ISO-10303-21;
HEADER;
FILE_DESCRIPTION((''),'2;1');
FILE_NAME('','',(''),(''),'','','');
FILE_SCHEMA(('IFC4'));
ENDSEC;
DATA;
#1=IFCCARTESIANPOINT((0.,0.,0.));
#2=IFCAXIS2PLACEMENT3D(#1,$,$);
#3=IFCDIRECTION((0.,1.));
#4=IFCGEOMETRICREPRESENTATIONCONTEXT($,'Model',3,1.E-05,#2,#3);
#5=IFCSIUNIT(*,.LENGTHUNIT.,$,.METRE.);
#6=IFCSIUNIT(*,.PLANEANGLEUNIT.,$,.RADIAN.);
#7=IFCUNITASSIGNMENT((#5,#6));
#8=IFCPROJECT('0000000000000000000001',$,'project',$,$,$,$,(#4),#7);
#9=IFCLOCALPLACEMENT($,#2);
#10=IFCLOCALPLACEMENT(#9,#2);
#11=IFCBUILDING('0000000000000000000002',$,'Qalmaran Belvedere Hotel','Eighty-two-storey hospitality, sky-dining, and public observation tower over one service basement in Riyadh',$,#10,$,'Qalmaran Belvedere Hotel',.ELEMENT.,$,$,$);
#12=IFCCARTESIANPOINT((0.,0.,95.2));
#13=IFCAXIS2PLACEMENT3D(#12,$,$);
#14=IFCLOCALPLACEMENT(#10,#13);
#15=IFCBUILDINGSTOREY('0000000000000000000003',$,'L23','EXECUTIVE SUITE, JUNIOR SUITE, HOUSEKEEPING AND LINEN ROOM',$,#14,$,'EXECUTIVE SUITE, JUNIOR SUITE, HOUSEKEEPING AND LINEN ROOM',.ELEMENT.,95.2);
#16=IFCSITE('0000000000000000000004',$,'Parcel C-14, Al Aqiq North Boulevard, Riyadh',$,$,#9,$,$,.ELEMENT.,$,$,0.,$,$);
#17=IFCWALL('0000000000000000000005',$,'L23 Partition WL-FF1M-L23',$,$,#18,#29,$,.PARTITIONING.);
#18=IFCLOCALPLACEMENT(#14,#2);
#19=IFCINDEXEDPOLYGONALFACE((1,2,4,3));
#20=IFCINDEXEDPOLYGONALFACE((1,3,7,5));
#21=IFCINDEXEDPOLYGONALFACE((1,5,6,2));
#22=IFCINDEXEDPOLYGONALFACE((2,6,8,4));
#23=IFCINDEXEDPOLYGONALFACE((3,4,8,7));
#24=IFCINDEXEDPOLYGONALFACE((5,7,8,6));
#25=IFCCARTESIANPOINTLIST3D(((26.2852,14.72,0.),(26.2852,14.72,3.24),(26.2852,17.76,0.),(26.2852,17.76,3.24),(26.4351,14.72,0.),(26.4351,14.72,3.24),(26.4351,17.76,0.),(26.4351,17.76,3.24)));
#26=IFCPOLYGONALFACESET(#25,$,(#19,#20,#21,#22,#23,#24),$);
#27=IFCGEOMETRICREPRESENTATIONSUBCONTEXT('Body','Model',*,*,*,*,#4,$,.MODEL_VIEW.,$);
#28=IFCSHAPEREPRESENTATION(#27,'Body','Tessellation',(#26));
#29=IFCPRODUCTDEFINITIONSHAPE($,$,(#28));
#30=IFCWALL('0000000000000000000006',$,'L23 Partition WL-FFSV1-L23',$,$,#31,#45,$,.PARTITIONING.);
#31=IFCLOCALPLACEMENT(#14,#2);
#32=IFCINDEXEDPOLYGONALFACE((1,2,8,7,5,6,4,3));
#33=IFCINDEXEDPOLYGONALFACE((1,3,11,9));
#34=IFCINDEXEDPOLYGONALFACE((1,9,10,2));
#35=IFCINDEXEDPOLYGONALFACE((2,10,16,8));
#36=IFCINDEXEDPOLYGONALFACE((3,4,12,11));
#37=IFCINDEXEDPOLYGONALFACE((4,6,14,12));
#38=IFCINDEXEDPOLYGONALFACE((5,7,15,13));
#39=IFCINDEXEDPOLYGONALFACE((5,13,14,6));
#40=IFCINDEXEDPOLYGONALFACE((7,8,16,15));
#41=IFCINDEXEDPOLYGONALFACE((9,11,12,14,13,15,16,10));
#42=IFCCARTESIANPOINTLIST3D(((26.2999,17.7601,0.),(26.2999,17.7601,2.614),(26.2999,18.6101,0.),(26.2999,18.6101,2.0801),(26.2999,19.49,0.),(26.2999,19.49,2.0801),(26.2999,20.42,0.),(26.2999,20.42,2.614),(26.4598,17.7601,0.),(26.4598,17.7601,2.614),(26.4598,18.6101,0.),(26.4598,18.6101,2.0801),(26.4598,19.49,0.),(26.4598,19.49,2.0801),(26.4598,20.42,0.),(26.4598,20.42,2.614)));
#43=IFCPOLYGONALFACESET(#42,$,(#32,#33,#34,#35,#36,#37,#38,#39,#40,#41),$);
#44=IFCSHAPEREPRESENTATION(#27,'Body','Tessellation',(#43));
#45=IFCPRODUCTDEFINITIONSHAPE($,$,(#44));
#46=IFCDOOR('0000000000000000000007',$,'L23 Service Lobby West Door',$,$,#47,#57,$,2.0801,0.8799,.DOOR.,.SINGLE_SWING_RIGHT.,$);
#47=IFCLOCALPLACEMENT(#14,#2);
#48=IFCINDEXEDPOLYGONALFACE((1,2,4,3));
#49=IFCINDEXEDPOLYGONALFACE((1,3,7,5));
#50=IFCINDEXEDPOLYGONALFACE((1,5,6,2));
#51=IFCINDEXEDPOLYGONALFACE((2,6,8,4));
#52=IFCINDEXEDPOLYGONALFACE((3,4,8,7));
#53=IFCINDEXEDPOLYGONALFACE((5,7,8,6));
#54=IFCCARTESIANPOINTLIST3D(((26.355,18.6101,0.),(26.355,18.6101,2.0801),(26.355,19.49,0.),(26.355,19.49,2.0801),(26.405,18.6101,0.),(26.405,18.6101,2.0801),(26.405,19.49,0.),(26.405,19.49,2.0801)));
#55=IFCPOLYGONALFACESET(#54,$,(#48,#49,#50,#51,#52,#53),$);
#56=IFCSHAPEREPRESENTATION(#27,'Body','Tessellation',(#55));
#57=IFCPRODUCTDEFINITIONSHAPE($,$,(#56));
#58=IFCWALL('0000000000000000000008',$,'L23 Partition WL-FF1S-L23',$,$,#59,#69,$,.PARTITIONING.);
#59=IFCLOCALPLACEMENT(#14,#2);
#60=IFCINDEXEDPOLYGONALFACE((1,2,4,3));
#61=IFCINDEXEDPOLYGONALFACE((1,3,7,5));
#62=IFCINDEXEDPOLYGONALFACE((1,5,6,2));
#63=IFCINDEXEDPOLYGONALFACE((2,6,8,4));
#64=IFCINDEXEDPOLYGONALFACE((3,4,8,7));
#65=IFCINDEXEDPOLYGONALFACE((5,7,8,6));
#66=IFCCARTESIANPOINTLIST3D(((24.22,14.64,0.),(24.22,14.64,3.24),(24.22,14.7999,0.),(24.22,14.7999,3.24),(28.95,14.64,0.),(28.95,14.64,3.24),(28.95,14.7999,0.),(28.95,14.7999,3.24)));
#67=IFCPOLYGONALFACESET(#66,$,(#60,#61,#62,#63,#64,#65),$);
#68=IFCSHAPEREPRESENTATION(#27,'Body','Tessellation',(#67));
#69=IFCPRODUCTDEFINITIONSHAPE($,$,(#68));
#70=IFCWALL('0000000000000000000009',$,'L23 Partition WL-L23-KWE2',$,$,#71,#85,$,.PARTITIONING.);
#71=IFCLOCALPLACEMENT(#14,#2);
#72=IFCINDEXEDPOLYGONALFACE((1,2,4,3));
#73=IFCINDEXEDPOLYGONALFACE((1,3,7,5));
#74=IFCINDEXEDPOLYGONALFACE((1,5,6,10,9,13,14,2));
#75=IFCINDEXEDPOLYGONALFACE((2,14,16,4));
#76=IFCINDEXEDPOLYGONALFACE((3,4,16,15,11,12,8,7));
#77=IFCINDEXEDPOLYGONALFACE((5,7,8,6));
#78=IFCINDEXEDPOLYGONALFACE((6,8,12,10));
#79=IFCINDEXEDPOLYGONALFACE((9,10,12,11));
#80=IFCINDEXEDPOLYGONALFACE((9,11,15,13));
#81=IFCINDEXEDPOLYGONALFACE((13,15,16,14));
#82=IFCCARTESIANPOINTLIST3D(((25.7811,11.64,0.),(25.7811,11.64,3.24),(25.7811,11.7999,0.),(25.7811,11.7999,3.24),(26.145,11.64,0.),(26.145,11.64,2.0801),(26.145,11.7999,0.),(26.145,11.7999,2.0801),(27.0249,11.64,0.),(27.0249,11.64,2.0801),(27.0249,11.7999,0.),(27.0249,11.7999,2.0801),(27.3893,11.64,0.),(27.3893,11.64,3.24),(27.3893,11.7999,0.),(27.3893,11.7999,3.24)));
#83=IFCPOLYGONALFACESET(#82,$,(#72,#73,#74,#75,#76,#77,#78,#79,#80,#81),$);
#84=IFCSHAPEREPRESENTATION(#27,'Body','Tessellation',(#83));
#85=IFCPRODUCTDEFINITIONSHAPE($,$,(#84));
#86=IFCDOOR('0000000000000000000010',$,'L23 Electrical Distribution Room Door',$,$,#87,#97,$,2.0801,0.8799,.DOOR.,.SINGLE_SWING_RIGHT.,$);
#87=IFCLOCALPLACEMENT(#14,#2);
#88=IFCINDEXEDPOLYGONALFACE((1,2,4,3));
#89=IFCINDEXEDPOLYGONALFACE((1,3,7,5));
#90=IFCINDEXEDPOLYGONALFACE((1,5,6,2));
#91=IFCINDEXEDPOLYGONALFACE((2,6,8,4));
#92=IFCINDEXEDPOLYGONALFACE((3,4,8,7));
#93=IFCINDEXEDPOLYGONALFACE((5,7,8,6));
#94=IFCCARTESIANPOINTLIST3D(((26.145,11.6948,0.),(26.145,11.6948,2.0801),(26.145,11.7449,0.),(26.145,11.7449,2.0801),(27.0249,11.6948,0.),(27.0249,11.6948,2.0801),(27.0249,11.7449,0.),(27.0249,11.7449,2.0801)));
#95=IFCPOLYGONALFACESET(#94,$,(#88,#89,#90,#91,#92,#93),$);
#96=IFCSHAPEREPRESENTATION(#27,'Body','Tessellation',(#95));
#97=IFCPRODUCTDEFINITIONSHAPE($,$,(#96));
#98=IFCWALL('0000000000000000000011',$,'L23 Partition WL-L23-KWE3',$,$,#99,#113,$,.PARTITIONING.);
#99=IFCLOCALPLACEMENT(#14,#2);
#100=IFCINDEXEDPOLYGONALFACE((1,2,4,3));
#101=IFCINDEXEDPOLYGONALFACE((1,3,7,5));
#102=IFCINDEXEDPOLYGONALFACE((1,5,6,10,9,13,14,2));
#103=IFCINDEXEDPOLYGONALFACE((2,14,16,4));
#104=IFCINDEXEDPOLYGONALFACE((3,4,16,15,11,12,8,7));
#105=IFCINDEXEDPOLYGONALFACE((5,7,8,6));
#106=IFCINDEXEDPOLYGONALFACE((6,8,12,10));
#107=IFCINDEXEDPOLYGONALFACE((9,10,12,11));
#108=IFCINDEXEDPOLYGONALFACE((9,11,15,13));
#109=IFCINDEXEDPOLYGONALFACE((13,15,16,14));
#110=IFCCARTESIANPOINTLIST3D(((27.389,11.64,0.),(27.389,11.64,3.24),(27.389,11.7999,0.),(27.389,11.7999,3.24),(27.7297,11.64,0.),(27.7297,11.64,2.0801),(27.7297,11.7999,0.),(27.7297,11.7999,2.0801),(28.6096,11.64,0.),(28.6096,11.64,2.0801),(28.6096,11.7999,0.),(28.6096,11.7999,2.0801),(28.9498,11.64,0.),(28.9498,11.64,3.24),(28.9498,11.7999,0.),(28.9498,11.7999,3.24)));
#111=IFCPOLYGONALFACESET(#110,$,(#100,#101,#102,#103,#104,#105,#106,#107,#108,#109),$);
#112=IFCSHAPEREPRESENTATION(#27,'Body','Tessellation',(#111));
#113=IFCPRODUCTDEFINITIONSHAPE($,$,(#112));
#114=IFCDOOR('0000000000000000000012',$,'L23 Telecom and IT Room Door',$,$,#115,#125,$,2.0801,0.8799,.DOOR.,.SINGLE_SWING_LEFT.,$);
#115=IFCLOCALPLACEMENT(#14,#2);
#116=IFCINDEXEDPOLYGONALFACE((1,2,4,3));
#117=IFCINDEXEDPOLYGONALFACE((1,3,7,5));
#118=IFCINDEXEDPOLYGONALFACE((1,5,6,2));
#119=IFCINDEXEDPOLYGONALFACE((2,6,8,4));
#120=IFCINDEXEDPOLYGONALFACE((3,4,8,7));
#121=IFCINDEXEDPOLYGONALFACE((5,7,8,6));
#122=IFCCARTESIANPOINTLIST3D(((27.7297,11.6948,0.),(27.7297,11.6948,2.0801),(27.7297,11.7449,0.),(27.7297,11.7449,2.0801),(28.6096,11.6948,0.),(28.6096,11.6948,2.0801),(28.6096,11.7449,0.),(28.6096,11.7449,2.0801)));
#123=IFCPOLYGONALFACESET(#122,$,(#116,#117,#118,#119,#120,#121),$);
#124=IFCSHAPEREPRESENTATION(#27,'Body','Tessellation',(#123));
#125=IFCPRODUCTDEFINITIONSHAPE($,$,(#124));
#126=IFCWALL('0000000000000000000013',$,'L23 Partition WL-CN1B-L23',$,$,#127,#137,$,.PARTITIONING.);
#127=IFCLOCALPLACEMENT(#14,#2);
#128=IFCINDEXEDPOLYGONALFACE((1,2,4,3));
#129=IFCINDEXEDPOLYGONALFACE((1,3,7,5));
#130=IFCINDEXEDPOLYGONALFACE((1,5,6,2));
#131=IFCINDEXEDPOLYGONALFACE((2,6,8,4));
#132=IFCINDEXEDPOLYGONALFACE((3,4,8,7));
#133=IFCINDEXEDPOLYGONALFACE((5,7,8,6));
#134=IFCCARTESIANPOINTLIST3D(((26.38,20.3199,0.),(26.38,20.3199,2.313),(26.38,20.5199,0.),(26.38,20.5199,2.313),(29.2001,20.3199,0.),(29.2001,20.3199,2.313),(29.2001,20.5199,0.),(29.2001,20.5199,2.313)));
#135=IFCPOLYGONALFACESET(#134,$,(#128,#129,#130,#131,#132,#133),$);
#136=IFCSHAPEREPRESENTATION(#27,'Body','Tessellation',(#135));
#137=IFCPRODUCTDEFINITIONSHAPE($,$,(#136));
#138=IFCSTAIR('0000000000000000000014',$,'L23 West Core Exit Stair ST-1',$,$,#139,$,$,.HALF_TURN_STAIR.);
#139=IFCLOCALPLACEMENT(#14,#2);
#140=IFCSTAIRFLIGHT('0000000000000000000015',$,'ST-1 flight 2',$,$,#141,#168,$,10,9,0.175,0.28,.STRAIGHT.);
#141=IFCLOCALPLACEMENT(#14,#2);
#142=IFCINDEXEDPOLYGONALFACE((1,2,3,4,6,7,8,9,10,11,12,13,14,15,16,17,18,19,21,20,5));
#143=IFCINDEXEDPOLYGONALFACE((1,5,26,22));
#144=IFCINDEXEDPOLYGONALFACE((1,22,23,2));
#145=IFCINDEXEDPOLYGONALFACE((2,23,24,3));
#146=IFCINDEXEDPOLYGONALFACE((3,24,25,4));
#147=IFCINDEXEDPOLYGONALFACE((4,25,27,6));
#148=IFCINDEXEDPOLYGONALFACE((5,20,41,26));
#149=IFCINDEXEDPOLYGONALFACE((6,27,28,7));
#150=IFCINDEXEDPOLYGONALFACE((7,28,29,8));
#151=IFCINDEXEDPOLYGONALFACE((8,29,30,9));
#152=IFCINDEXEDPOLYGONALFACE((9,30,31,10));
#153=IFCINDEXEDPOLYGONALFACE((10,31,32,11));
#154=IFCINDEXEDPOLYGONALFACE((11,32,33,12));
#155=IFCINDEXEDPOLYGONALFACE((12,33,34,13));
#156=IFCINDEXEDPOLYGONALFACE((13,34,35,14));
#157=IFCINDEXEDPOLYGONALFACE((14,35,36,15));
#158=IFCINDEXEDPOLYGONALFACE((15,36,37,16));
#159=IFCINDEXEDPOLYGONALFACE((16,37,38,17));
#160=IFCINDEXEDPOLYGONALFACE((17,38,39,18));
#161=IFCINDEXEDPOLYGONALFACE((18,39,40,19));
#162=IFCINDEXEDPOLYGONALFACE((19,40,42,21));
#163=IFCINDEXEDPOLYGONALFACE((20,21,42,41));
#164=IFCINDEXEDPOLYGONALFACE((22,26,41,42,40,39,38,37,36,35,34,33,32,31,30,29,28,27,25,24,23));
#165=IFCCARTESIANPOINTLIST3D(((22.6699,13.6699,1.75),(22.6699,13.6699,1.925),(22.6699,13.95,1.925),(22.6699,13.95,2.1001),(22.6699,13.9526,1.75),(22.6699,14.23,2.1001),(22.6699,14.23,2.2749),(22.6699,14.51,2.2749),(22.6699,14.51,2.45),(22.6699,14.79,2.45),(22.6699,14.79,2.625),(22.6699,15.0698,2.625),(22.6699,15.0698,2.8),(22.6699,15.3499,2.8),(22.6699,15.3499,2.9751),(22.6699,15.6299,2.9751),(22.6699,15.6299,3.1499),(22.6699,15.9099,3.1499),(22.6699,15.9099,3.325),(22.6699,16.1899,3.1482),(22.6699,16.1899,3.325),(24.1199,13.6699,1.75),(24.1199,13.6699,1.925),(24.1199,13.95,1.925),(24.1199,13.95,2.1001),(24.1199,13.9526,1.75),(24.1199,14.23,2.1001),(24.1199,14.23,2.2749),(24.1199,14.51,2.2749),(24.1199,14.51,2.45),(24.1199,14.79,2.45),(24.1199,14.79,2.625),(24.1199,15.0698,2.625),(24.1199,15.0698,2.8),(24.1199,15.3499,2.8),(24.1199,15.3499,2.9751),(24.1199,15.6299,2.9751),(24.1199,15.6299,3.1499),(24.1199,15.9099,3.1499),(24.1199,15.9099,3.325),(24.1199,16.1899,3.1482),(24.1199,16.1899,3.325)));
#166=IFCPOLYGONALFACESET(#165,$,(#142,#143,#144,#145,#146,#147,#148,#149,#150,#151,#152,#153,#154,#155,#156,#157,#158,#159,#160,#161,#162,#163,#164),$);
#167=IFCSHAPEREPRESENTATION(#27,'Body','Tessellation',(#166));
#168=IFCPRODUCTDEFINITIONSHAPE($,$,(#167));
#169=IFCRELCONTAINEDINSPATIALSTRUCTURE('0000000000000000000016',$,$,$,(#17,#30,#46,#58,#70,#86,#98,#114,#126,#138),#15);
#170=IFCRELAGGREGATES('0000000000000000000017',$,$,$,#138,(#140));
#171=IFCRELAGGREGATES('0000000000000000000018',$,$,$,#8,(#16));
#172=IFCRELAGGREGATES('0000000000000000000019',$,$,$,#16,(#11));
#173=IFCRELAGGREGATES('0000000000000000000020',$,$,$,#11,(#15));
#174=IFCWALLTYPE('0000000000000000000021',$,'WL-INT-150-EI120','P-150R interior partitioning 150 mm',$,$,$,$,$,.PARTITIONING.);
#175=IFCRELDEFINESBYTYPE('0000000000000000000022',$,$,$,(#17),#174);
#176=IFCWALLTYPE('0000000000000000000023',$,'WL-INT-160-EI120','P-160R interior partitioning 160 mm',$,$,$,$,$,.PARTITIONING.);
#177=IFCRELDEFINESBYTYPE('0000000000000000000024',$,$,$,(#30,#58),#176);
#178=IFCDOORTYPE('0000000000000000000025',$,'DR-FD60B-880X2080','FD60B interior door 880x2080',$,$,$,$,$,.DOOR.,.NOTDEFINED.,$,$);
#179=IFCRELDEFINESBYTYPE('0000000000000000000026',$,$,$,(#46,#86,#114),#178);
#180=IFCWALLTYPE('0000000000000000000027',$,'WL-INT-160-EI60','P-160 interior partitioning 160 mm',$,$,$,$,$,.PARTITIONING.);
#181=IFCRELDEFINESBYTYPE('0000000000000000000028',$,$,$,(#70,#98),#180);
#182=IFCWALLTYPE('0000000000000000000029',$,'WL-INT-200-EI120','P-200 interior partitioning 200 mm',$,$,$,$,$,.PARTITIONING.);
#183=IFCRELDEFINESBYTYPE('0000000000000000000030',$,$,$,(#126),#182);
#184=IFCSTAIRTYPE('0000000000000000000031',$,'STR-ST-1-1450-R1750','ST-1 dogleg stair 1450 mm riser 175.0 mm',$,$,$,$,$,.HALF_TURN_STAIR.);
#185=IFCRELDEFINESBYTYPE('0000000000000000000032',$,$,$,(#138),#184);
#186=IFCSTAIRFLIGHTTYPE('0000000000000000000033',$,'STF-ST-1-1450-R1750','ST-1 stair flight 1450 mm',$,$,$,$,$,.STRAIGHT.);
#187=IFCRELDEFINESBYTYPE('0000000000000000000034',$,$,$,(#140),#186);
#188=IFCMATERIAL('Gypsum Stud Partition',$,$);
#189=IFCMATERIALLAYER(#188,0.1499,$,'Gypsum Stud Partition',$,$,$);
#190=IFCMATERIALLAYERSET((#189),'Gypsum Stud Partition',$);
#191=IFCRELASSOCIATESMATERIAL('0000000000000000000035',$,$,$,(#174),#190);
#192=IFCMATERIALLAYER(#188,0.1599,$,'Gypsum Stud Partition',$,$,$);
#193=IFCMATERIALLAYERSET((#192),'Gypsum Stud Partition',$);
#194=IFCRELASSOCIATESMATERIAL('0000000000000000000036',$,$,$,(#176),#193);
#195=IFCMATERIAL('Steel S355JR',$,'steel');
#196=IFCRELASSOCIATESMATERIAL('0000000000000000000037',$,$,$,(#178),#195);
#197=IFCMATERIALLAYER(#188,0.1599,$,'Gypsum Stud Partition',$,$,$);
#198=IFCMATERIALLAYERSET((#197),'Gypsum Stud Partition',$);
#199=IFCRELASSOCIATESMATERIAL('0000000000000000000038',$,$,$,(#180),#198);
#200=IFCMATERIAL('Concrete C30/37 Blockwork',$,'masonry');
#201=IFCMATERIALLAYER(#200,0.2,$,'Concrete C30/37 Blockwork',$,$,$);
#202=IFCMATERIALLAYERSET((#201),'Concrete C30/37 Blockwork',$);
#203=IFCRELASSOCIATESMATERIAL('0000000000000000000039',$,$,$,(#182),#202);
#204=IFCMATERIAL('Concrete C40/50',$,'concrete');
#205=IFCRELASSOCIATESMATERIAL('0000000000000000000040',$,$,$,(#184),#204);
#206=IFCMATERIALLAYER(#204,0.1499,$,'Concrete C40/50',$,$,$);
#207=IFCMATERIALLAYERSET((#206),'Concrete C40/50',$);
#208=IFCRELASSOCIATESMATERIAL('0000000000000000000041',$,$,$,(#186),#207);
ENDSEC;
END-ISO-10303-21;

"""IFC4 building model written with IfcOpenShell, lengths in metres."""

from ifc_helpers import new_model, si_unit, direction, frame, frame_2d, origin, place, context, subcontext, project, spatial, polyline, rectangle, outline, extrude, material, layer, layer_set, type_object, element, fill, aggregate, save


model = new_model("IFC4")

# Units and contexts
model_context = context("Model", 3, precision=1e-05, world=origin(), true_north=direction((0.0, 1.0)))
body_context = subcontext(model_context, "Body", "Model", "MODEL_VIEW")
ifc_project = project(units=[si_unit("LENGTHUNIT", "METRE"), si_unit("PLANEANGLEUNIT", "RADIAN")], contexts=[model_context])

# Site, building, storey
site_placement = place(None, origin())
site = spatial("IfcSite", under=ifc_project, at=site_placement, Name="Parcel C-14, Al Aqiq North Boulevard, Riyadh", CompositionType="ELEMENT", RefElevation=0.0)
building_placement = place(site_placement, origin())
building = spatial("IfcBuilding", under=site, at=building_placement, Name="Qalmaran Belvedere Hotel", Description="Eighty-two-storey hospitality, sky-dining, and public observation tower over one service basement in Riyadh", LongName="Qalmaran Belvedere Hotel", CompositionType="ELEMENT")
storey_placement = place(building_placement, frame((0.0, 0.0, 95.2)))
storey = spatial("IfcBuildingStorey", under=building, at=storey_placement, Name="L23", Description="EXECUTIVE SUITE, JUNIOR SUITE, HOUSEKEEPING AND LINEN ROOM", LongName="EXECUTIVE SUITE, JUNIOR SUITE, HOUSEKEEPING AND LINEN ROOM", CompositionType="ELEMENT", Elevation=95.2)

# Wall
ifc_material_1 = material(Name="Gypsum Stud Partition")
ifc_layer_1 = layer(ifc_material_1, 0.1499, Name="Gypsum Stud Partition")
ifc_layer_set_1 = layer_set([ifc_layer_1], Name="Gypsum Stud Partition")
wall_type_1 = type_object("IfcWallType", Name="WL-INT-150-EI120", Description="P-150R interior partitioning 150 mm", PredefinedType="PARTITIONING", material=ifc_layer_set_1)
wall_1_placement = place(storey_placement, frame((26.3601, 14.72, 0.0), z_axis=(0.0, 0.0, 1.0), x_axis=(0.0, 1.0, 0.0)))
element("IfcWall", 1, at=wall_1_placement, inside=storey, type_object=wall_type_1, Name="L23 Partition WL-FF1M-L23", PredefinedType="PARTITIONING", context=body_context, shape_type="SweptSolid", body=[
    extrude(rectangle(XDim=3.04, YDim=0.1499, at=frame_2d((1.52, 0.0))), origin(), (0.0, 0.0, 1.0), 3.24),
])

# Wall, opening, door
ifc_layer_2 = layer(ifc_material_1, 0.1599, Name="Gypsum Stud Partition")
ifc_layer_set_2 = layer_set([ifc_layer_2], Name="Gypsum Stud Partition")
wall_type_2 = type_object("IfcWallType", Name="WL-INT-160-EI120", Description="P-160R interior partitioning 160 mm", PredefinedType="PARTITIONING", material=ifc_layer_set_2)
wall_2_placement = place(storey_placement, frame((26.3799, 17.76, 0.0), z_axis=(0.0, 0.0, 1.0), x_axis=(0.0, 1.0, 0.0)))
wall_2 = element("IfcWall", 2, at=wall_2_placement, inside=storey, type_object=wall_type_2, Name="L23 Partition WL-FFSV1-L23", PredefinedType="PARTITIONING", context=body_context, shape_type="SweptSolid", body=[
    extrude(rectangle(XDim=2.6599, YDim=0.1599, at=frame_2d((1.3301, 0.0))), origin(), (0.0, 0.0, 1.0), 2.614),
])
opening_1_placement = place(wall_2_placement, frame((0.8501, 0.0, 0.0)))
opening_1 = element("IfcOpeningElement", 3, at=opening_1_placement, cuts=wall_2, PredefinedType="OPENING", context=body_context, shape_type="SweptSolid", body=[
    extrude(rectangle(XDim=0.8799, YDim=2.0801, at=frame_2d((0.4399, 1.04))), frame((0.0, 0.0898, 0.0), z_axis=(0.0, -1.0, 0.0), x_axis=(1.0, 0.0, 0.0)), (0.0, 0.0, 1.0), 0.1799),
])
ifc_material_2 = material(Name="Steel S355JR", Category="steel")
door_type = type_object("IfcDoorType", Name="DR-FD60B-880X2080", Description="FD60B interior door 880x2080", OperationType="NOTDEFINED", PredefinedType="DOOR", material=ifc_material_2)
door_1_placement = place(opening_1_placement, origin())
door_1 = element("IfcDoor", 4, at=door_1_placement, inside=storey, type_object=door_type, Name="L23 Service Lobby West Door", OperationType="SINGLE_SWING_RIGHT", OverallHeight=2.0801, OverallWidth=0.8799, PredefinedType="DOOR", context=body_context, shape_type="SweptSolid", body=[
    extrude(rectangle(XDim=0.8799, YDim=2.0801, at=frame_2d((0.4399, 1.04))), frame((0.0, 0.0249, 0.0), z_axis=(0.0, -1.0, 0.0), x_axis=(1.0, 0.0, 0.0)), (0.0, 0.0, 1.0), 0.05),
])
fill(opening_1, door_1)

# Wall
wall_3_placement = place(storey_placement, frame((24.22, 14.72, 0.0), z_axis=(0.0, 0.0, 1.0), x_axis=(1.0, 0.0, 0.0)))
element("IfcWall", 5, at=wall_3_placement, inside=storey, type_object=wall_type_2, Name="L23 Partition WL-FF1S-L23", PredefinedType="PARTITIONING", context=body_context, shape_type="SweptSolid", body=[
    extrude(rectangle(XDim=4.73, YDim=0.1599, at=frame_2d((2.365, 0.0))), origin(), (0.0, 0.0, 1.0), 3.24),
])

# Walls, openings, doors
ifc_layer_3 = layer(ifc_material_1, 0.1599, Name="Gypsum Stud Partition")
ifc_layer_set_3 = layer_set([ifc_layer_3], Name="Gypsum Stud Partition")
wall_type_3 = type_object("IfcWallType", Name="WL-INT-160-EI60", Description="P-160 interior partitioning 160 mm", PredefinedType="PARTITIONING", material=ifc_layer_set_3)
wall_4_placement = place(storey_placement, frame((25.781, 11.72, 0.0), z_axis=(0.0, 0.0, 1.0), x_axis=(1.0, 0.0, 0.0)))
wall_4 = element("IfcWall", 6, at=wall_4_placement, inside=storey, type_object=wall_type_3, Name="L23 Partition WL-L23-KWE2", PredefinedType="PARTITIONING", context=body_context, shape_type="SweptSolid", body=[
    extrude(rectangle(XDim=1.6082, YDim=0.1599, at=frame_2d((0.8042, 0.0))), origin(), (0.0, 0.0, 1.0), 3.24),
])
opening_2_placement = place(wall_4_placement, frame((0.364, 0.0, 0.0)))
opening_2 = element("IfcOpeningElement", 7, at=opening_2_placement, cuts=wall_4, PredefinedType="OPENING", context=body_context, shape_type="SweptSolid", body=[
    extrude(rectangle(XDim=0.8799, YDim=2.0801, at=frame_2d((0.4399, 1.04))), frame((0.0, 0.0898, 0.0), z_axis=(0.0, -1.0, 0.0), x_axis=(1.0, 0.0, 0.0)), (0.0, 0.0, 1.0), 0.1799),
])
door_2_placement = place(opening_2_placement, origin())
door_2 = element("IfcDoor", 8, at=door_2_placement, inside=storey, type_object=door_type, Name="L23 Electrical Distribution Room Door", OperationType="SINGLE_SWING_RIGHT", OverallHeight=2.0801, OverallWidth=0.8799, PredefinedType="DOOR", context=body_context, shape_type="SweptSolid", body=[
    extrude(rectangle(XDim=0.8799, YDim=2.0801, at=frame_2d((0.4399, 1.04))), frame((0.0, 0.0249, 0.0), z_axis=(0.0, -1.0, 0.0), x_axis=(1.0, 0.0, 0.0)), (0.0, 0.0, 1.0), 0.05),
])
fill(opening_2, door_2)
wall_5_placement = place(storey_placement, frame((27.3892, 11.72, 0.0), z_axis=(0.0, 0.0, 1.0), x_axis=(1.0, 0.0, 0.0)))
wall_5 = element("IfcWall", 9, at=wall_5_placement, inside=storey, type_object=wall_type_3, Name="L23 Partition WL-L23-KWE3", PredefinedType="PARTITIONING", context=body_context, shape_type="SweptSolid", body=[
    extrude(rectangle(XDim=1.5608, YDim=0.1599, at=frame_2d((0.7803, 0.0))), origin(), (0.0, 0.0, 1.0), 3.24),
])
opening_3_placement = place(wall_5_placement, frame((0.3406, 0.0, 0.0)))
opening_3 = element("IfcOpeningElement", 10, at=opening_3_placement, cuts=wall_5, PredefinedType="OPENING", context=body_context, shape_type="SweptSolid", body=[
    extrude(rectangle(XDim=0.8799, YDim=2.0801, at=frame_2d((0.4399, 1.04))), frame((0.0, 0.0898, 0.0), z_axis=(0.0, -1.0, 0.0), x_axis=(1.0, 0.0, 0.0)), (0.0, 0.0, 1.0), 0.1799),
])
door_3_placement = place(opening_3_placement, origin())
door_3 = element("IfcDoor", 11, at=door_3_placement, inside=storey, type_object=door_type, Name="L23 Telecom and IT Room Door", OperationType="SINGLE_SWING_LEFT", OverallHeight=2.0801, OverallWidth=0.8799, PredefinedType="DOOR", context=body_context, shape_type="SweptSolid", body=[
    extrude(rectangle(XDim=0.8799, YDim=2.0801, at=frame_2d((0.4399, 1.04))), frame((0.0, 0.0249, 0.0), z_axis=(0.0, -1.0, 0.0), x_axis=(1.0, 0.0, 0.0)), (0.0, 0.0, 1.0), 0.05),
])
fill(opening_3, door_3)

# Wall
ifc_material_3 = material(Name="Concrete C30/37 Blockwork", Category="masonry")
ifc_layer_4 = layer(ifc_material_3, 0.2, Name="Concrete C30/37 Blockwork")
ifc_layer_set_4 = layer_set([ifc_layer_4], Name="Concrete C30/37 Blockwork")
wall_type_4 = type_object("IfcWallType", Name="WL-INT-200-EI120", Description="P-200 interior partitioning 200 mm", PredefinedType="PARTITIONING", material=ifc_layer_set_4)
wall_6_placement = place(storey_placement, frame((26.3799, 20.4199, 0.0), z_axis=(0.0, 0.0, 1.0), x_axis=(1.0, 0.0, 0.0)))
element("IfcWall", 12, at=wall_6_placement, inside=storey, type_object=wall_type_4, Name="L23 Partition WL-CN1B-L23", PredefinedType="PARTITIONING", context=body_context, shape_type="SweptSolid", body=[
    extrude(rectangle(XDim=2.8201, YDim=0.2, at=frame_2d((1.4102, 0.0))), origin(), (0.0, 0.0, 1.0), 2.313),
])

# Stair, stair flight
ifc_material_4 = material(Name="Concrete C40/50", Category="concrete")
stair_type = type_object("IfcStairType", Name="STR-ST-1-1450-R1750", Description="ST-1 dogleg stair 1450 mm riser 175.0 mm", PredefinedType="HALF_TURN_STAIR", material=ifc_material_4)
stair_placement = place(storey_placement, origin())
stair = element("IfcStair", 13, at=stair_placement, inside=storey, type_object=stair_type, Name="L23 West Core Exit Stair ST-1", PredefinedType="HALF_TURN_STAIR")
ifc_layer_5 = layer(ifc_material_4, 0.1499, Name="Concrete C40/50")
ifc_layer_set_5 = layer_set([ifc_layer_5], Name="Concrete C40/50")
stair_flight_type = type_object("IfcStairFlightType", Name="STF-ST-1-1450-R1750", Description="ST-1 stair flight 1450 mm", PredefinedType="STRAIGHT", material=ifc_layer_set_5)
stair_flight_placement = place(storey_placement, frame((23.395, 13.6699, 1.75), z_axis=(0.0, 0.0, 1.0), x_axis=(0.0, 1.0, 0.0)))
stair_flight = element("IfcStairFlight", 14, at=stair_flight_placement, type_object=stair_flight_type, Name="ST-1 flight 2", NumberOfRisers=10, NumberOfTreads=9, PredefinedType="STRAIGHT", RiserHeight=0.175, TreadLength=0.28, context=body_context, shape_type="SweptSolid", body=[
    extrude(outline(polyline([(0.0, 0.0), (0.0, 0.175), (0.28, 0.175), (0.28, 0.3501), (0.5601, 0.3501), (0.5601, 0.5249), (0.8401, 0.5249), (0.8401, 0.7), (1.1201, 0.7), (1.1201, 0.875), (1.3999, 0.875), (1.3999, 1.05), (1.6799, 1.05), (1.6799, 1.2251), (1.96, 1.2251), (1.96, 1.3999), (2.24, 1.3999), (2.24, 1.575), (2.52, 1.575), (2.52, 1.75), (2.52, 1.3982), (0.2827, 0.0), (0.0, 0.0)])), frame((0.0, 0.7251, 0.0), z_axis=(0.0, -1.0, 0.0), x_axis=(1.0, 0.0, 0.0)), (0.0, 0.0, 1.0), 1.45),
])
aggregate(stair, [stair_flight])

save(model, "model.ifc")
